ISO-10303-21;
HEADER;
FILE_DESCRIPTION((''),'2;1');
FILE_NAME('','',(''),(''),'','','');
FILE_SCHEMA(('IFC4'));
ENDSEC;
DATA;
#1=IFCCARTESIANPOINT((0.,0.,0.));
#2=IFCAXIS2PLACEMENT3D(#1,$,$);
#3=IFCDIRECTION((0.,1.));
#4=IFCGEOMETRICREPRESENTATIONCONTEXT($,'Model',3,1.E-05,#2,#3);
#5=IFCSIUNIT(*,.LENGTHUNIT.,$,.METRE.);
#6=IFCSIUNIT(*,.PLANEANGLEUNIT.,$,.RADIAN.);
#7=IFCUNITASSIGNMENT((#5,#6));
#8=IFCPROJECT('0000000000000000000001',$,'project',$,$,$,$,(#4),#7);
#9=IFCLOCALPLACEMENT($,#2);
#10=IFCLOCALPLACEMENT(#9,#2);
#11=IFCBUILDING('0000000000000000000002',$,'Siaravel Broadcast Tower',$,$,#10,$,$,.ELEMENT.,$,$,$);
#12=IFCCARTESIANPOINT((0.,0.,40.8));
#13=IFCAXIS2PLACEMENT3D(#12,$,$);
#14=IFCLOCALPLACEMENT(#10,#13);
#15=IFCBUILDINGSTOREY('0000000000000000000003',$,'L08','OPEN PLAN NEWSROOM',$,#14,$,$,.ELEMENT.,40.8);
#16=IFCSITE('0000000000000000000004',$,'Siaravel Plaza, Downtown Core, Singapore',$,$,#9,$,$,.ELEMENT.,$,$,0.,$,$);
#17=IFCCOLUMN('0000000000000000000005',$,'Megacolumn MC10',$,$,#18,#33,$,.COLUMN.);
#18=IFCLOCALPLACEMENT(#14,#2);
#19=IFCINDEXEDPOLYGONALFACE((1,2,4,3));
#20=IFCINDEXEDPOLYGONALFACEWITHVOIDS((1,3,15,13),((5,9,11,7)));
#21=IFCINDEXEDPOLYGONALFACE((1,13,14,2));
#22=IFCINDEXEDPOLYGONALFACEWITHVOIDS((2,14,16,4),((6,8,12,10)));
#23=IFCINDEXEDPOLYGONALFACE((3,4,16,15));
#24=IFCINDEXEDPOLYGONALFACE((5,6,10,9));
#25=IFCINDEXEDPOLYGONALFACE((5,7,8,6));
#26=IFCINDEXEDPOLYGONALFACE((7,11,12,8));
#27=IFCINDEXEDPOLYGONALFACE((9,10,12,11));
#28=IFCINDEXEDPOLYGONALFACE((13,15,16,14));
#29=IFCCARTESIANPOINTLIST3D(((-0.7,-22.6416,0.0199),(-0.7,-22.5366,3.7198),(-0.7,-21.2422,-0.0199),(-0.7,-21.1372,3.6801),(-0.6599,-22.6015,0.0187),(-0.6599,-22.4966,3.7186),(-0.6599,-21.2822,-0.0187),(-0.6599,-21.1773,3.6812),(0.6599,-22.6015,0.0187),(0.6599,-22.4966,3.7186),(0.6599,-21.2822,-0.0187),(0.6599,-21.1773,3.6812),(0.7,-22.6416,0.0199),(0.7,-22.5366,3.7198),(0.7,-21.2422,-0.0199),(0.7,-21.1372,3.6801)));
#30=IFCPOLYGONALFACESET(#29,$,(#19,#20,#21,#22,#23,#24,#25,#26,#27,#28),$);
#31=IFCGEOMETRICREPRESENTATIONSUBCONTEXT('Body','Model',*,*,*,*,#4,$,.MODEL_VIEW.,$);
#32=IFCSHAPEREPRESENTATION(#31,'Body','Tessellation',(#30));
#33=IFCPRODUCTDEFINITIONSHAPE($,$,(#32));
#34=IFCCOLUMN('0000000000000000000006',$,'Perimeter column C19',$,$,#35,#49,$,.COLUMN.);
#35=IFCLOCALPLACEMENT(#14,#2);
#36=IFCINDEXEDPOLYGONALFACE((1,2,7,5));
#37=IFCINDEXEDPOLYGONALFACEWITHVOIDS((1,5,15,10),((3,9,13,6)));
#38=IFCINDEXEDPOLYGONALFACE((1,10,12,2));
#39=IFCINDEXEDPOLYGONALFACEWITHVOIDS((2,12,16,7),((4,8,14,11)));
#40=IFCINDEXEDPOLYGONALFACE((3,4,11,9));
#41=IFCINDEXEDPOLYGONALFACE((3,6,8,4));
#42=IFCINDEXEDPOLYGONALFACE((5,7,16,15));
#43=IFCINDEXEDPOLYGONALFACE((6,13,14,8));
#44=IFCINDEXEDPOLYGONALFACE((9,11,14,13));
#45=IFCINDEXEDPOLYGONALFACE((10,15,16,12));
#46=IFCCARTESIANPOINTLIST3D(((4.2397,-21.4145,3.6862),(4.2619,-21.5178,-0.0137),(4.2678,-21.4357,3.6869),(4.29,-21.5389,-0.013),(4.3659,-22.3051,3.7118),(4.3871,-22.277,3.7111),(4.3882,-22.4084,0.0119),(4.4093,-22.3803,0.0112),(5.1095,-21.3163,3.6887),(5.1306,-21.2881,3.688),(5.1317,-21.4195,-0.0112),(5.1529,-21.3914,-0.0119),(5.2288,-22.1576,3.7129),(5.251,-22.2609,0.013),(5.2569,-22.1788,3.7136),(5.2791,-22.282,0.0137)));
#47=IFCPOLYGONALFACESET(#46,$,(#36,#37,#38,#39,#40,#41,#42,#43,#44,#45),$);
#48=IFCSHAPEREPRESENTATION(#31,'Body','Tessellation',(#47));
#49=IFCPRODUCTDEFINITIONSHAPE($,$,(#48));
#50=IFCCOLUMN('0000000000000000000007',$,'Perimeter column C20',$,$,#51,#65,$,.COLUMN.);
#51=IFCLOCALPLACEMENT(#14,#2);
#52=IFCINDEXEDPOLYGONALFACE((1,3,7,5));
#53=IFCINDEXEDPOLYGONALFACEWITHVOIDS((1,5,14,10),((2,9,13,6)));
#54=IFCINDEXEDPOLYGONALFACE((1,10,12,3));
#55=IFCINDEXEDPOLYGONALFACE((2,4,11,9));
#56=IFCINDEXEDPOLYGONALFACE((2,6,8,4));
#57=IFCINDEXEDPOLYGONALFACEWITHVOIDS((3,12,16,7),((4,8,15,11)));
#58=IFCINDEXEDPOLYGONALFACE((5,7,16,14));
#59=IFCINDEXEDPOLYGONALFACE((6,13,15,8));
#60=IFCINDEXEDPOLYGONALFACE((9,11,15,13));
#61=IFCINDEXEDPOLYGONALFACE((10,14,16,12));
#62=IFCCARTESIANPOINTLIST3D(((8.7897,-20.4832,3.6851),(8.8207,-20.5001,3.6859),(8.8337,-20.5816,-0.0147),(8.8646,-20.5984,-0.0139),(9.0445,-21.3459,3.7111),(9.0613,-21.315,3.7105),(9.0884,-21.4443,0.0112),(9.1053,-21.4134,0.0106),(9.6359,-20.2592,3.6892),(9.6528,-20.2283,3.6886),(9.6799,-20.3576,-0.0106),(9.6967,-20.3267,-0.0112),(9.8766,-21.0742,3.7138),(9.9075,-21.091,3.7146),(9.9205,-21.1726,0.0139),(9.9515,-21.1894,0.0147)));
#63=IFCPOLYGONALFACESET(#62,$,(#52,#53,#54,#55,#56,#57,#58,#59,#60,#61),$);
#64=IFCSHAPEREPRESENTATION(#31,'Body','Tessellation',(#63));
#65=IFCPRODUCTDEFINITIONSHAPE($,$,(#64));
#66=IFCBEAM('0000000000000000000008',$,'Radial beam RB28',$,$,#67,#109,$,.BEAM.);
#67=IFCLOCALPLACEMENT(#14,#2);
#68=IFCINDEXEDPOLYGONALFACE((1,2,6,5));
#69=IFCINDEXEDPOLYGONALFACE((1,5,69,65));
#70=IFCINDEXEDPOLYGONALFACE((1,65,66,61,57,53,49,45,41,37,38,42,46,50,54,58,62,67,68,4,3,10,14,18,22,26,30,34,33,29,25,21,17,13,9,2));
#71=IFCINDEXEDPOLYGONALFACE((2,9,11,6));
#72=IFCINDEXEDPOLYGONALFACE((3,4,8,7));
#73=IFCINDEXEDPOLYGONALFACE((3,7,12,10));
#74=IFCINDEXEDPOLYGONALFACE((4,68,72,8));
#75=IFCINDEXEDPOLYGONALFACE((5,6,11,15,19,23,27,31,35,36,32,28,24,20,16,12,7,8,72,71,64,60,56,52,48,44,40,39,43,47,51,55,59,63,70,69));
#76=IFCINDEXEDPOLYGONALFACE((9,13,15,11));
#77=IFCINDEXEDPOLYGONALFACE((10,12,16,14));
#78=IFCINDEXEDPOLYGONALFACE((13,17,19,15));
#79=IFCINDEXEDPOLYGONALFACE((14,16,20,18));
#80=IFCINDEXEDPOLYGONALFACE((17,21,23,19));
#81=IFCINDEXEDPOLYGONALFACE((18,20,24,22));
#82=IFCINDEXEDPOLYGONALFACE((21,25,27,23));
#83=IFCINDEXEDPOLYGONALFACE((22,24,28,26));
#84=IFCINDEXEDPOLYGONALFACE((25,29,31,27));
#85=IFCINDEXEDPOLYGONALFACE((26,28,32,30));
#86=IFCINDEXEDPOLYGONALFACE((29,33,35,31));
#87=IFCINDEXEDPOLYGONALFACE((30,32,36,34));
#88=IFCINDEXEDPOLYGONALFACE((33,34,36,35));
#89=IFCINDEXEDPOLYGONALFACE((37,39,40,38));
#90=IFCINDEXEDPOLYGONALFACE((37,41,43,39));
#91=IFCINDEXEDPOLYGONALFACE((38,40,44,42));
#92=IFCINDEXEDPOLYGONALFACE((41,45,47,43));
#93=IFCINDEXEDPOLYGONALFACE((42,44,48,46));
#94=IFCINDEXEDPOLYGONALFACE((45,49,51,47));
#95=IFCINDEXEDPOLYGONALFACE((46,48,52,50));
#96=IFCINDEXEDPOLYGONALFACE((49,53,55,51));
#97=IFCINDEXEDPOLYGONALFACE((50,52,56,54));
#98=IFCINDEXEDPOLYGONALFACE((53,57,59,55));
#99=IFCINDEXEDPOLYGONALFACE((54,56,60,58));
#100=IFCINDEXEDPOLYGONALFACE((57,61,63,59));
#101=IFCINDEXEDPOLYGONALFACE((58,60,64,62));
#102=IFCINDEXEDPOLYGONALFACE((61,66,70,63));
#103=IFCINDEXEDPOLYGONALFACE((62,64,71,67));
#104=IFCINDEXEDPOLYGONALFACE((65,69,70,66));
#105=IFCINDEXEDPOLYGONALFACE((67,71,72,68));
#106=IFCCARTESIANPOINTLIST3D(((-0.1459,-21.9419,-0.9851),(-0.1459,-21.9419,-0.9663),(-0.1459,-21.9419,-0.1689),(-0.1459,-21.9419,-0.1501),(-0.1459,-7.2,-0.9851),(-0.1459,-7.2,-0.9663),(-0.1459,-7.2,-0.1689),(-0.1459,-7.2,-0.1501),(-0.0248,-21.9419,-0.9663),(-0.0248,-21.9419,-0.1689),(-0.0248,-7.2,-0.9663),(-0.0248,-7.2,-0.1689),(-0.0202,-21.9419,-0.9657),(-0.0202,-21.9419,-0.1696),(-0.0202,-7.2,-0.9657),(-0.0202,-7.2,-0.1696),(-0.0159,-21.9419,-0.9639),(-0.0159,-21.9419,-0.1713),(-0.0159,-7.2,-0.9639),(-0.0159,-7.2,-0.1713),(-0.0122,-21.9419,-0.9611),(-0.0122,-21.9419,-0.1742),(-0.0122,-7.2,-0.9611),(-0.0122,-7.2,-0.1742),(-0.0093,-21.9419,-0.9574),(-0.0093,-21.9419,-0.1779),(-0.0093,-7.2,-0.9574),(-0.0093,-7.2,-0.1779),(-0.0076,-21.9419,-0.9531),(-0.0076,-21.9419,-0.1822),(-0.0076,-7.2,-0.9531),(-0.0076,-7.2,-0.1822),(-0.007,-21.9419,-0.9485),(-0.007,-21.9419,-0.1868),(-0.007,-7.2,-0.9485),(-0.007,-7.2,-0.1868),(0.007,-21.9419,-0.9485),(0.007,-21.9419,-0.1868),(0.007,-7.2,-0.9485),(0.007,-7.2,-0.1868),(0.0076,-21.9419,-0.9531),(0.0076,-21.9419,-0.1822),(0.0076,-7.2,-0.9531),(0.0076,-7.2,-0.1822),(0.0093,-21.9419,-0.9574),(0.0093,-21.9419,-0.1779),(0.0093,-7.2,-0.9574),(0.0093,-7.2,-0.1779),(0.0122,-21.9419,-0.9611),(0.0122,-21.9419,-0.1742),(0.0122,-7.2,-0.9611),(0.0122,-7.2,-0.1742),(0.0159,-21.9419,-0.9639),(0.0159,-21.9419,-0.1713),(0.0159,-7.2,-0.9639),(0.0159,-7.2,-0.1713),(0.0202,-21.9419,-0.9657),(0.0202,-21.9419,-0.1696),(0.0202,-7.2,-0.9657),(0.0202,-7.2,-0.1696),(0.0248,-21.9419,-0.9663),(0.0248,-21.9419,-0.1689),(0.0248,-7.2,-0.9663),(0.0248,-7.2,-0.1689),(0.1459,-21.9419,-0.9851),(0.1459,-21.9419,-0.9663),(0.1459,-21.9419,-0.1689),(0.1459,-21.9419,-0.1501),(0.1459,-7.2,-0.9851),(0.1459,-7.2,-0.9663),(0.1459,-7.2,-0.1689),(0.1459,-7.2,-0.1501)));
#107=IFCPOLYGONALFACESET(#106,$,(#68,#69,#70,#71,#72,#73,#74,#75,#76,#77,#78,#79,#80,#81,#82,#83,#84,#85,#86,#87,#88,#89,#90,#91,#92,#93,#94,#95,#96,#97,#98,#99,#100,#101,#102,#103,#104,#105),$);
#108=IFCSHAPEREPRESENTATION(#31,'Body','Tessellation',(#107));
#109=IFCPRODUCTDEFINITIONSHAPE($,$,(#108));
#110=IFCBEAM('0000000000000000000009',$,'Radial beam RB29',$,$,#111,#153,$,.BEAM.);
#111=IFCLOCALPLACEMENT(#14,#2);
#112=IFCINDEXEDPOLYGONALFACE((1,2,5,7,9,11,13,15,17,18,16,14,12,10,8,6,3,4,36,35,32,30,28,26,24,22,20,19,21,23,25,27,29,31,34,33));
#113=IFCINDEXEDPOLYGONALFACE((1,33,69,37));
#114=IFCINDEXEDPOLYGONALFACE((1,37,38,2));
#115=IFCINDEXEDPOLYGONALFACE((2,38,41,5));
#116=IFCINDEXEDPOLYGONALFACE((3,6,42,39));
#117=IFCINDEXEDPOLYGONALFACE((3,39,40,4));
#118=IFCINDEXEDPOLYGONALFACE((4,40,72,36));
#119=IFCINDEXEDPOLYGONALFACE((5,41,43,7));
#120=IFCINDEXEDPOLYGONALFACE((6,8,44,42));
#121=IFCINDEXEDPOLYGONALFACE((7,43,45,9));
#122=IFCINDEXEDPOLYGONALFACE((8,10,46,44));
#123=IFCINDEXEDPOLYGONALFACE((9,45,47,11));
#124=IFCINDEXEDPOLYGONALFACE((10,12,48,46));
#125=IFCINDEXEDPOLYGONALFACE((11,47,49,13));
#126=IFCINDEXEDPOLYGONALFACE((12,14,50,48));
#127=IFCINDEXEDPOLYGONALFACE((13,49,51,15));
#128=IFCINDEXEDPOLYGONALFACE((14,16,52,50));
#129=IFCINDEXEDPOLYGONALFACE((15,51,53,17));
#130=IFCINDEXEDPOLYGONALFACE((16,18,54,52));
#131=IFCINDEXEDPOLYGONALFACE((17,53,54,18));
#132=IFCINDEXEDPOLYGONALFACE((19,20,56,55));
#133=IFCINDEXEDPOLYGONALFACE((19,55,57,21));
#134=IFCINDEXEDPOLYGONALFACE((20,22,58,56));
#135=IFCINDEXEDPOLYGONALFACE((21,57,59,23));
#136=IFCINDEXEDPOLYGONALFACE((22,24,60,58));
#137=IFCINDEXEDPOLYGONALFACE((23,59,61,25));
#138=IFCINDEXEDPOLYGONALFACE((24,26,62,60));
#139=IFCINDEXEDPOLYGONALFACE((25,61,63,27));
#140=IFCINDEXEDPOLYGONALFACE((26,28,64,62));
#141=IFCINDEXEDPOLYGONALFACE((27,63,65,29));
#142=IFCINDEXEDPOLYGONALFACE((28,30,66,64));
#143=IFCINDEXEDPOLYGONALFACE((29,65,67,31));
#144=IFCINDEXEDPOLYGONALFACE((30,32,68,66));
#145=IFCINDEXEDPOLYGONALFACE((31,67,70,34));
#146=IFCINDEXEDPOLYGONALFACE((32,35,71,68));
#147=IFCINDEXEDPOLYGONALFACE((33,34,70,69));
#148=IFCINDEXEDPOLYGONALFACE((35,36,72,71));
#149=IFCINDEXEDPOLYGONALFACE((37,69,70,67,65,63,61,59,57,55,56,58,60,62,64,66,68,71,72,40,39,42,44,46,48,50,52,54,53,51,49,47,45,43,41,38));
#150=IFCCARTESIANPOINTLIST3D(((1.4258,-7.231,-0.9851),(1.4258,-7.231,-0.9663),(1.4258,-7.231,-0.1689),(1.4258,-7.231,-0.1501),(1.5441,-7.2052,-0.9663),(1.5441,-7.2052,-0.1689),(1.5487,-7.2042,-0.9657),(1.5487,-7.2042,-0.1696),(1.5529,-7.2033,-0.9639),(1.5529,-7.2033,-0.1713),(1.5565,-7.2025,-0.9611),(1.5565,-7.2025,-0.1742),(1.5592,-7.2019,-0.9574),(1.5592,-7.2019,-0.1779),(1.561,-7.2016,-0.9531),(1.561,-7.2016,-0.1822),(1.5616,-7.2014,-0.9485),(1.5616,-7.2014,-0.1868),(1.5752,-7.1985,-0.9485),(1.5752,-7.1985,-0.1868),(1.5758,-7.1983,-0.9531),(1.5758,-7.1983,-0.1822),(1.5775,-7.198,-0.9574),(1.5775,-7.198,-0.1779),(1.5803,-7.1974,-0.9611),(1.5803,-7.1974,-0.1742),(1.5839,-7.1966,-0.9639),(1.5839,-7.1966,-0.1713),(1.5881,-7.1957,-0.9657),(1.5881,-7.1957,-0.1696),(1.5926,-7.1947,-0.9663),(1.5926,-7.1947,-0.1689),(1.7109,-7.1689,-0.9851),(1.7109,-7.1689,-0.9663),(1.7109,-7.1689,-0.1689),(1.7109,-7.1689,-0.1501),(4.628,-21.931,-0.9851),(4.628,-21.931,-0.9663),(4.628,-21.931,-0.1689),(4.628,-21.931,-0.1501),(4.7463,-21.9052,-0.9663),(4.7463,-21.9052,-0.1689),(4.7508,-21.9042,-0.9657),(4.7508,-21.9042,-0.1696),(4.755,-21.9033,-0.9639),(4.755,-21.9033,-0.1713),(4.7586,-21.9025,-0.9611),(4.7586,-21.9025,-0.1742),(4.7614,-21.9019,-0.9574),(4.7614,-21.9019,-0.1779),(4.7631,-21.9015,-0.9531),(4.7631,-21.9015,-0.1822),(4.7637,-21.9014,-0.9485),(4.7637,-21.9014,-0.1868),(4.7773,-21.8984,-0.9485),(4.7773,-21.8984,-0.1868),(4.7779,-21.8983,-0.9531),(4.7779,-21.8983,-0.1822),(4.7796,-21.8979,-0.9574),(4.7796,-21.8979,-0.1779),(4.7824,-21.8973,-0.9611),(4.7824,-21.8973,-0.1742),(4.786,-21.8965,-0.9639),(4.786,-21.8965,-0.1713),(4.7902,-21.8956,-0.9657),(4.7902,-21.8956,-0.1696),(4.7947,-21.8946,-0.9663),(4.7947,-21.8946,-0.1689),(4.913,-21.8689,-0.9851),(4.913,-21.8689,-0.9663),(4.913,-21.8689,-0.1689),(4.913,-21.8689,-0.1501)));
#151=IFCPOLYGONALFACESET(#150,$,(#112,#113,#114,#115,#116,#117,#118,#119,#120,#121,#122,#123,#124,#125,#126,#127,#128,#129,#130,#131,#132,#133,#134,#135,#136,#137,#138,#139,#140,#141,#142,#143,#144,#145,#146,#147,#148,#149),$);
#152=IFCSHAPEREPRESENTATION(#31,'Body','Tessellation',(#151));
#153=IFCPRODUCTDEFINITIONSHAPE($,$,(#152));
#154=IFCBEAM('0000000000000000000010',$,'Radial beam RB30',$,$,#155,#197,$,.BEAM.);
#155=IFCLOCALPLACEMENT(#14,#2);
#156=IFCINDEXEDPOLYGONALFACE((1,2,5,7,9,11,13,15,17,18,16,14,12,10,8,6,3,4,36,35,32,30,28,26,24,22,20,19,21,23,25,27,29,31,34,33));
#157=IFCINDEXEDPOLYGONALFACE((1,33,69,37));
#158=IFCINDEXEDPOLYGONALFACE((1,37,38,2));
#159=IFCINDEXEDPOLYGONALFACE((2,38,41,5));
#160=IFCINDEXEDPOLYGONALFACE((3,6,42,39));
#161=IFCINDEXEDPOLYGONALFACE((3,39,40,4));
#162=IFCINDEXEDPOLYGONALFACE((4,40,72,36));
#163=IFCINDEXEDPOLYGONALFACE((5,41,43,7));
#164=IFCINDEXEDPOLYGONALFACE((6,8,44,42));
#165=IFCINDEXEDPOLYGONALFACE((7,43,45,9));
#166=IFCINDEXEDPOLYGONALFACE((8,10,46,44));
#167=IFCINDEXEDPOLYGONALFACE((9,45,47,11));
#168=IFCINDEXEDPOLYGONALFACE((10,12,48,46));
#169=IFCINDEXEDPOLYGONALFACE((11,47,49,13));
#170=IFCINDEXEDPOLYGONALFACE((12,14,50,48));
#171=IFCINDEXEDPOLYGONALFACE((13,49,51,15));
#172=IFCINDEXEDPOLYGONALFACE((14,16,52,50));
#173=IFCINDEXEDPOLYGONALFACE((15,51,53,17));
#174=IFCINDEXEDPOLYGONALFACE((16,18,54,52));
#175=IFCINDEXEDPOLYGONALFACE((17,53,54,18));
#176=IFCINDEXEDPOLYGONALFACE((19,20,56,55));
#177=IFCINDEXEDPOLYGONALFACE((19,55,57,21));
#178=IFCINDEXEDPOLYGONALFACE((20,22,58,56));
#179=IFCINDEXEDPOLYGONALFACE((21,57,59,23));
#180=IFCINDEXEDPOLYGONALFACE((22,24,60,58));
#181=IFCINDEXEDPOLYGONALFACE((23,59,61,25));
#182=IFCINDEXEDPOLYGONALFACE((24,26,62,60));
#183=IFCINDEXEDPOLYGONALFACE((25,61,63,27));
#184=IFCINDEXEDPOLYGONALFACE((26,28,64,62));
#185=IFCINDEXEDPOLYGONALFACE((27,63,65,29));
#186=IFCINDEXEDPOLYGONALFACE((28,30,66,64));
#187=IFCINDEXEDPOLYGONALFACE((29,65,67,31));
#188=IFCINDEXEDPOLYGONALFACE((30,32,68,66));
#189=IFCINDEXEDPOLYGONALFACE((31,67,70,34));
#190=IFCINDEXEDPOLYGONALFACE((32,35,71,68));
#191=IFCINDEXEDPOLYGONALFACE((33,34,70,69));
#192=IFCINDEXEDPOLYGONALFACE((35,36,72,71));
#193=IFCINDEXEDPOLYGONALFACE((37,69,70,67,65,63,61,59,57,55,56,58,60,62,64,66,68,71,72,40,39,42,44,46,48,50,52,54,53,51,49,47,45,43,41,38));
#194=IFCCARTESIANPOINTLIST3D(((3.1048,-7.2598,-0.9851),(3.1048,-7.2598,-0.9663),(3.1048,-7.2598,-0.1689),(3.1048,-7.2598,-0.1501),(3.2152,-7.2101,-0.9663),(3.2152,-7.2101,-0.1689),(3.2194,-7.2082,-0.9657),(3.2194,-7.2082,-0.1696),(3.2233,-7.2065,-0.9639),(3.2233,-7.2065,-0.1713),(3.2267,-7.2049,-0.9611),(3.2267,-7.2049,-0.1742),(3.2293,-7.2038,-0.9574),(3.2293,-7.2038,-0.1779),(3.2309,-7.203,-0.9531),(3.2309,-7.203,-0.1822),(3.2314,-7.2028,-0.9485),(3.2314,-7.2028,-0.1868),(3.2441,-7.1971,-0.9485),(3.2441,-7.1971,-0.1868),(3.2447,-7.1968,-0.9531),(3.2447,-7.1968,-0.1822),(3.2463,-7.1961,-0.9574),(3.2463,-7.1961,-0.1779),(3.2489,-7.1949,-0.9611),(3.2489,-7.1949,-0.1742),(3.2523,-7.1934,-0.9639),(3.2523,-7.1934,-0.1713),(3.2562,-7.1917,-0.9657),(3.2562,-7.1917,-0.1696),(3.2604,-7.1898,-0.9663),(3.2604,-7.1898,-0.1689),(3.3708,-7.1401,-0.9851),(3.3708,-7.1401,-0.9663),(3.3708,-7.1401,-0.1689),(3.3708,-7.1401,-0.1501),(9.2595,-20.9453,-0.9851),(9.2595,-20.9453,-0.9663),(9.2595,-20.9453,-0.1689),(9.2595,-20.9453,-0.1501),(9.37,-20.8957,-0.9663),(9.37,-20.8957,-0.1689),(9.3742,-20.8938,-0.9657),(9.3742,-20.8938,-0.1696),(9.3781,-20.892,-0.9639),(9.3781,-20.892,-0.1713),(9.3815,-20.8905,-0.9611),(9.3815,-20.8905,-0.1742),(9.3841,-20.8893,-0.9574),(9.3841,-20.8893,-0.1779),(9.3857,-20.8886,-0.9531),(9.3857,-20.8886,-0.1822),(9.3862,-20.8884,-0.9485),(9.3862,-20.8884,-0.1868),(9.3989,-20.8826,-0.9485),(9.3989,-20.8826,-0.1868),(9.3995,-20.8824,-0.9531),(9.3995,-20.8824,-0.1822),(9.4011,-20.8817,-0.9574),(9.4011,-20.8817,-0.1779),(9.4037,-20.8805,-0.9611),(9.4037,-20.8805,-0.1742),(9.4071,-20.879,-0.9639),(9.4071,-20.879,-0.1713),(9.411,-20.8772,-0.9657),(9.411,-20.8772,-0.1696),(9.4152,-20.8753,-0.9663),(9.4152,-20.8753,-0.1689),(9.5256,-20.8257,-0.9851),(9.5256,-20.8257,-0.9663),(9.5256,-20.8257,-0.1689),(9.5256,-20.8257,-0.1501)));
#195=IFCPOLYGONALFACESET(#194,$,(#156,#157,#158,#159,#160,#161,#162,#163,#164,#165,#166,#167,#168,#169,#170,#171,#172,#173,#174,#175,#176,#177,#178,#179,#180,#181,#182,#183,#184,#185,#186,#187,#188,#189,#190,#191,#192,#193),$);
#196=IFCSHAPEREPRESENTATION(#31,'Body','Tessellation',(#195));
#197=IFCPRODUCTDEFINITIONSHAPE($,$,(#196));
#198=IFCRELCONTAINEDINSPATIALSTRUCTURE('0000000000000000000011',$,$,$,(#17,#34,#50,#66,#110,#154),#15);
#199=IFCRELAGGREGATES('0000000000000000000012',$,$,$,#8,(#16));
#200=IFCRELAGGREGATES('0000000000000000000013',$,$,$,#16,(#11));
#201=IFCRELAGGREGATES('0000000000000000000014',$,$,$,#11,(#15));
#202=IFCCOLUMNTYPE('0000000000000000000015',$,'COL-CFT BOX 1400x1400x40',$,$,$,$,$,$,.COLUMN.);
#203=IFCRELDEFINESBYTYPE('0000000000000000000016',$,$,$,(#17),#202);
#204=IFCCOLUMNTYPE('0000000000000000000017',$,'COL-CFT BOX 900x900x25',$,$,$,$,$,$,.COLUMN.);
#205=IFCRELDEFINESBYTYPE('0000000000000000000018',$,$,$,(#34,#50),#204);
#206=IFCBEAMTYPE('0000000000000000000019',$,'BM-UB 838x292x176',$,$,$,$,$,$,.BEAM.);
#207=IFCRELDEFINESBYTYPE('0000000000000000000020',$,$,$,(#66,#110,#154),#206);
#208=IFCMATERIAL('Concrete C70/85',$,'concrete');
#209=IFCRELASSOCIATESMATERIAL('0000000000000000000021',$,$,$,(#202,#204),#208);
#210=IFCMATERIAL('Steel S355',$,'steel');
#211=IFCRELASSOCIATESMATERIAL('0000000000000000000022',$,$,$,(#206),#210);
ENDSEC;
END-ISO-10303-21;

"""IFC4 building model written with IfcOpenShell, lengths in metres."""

from ifc_helpers import new_model, si_unit, direction, frame, origin, origin_2d, place, context, subcontext, project, spatial, hollow_rectangle, i_section, extrude, material, material_profile, profile_set, type_object, element, save


model = new_model("IFC4")

# Units and contexts
model_context = context("Model", 3, precision=1e-05, world=origin(), true_north=direction((0.0, 1.0)))
body_context = subcontext(model_context, "Body", "Model", "MODEL_VIEW")
ifc_project = project(units=[si_unit("LENGTHUNIT", "METRE"), si_unit("PLANEANGLEUNIT", "RADIAN")], contexts=[model_context])

# Site, building, storey
site_placement = place(None, origin())
site = spatial("IfcSite", under=ifc_project, at=site_placement, Name="Siaravel Plaza, Downtown Core, Singapore", CompositionType="ELEMENT", RefElevation=0.0)
building_placement = place(site_placement, origin())
building = spatial("IfcBuilding", under=site, at=building_placement, Name="Siaravel Broadcast Tower", CompositionType="ELEMENT")
storey_placement = place(building_placement, frame((0.0, 0.0, 40.8)))
storey = spatial("IfcBuildingStorey", under=building, at=storey_placement, Name="L08", Description="OPEN PLAN NEWSROOM", CompositionType="ELEMENT", Elevation=40.8)

# Columns
ifc_material_1 = material(Name="Concrete C70/85", Category="concrete")
ifc_material_profile_1 = material_profile(ifc_material_1, hollow_rectangle(XDim=1.3999, YDim=1.3999, WallThickness=0.04, at=origin_2d()))
ifc_profile_set_1 = profile_set([ifc_material_profile_1], Name="Concrete C70/85")
column_type_1 = type_object("IfcColumnType", Name="COL-CFT BOX 1400x1400x40", PredefinedType="COLUMN", material=ifc_profile_set_1)
column_placement = place(storey_placement, frame((0.0, -21.9419, 0.0), z_axis=(0.0, 0.028362, 0.999598), x_axis=(-1.0, 0.0, 0.0)))
element("IfcColumn", 1, at=column_placement, inside=storey, type_object=column_type_1, Name="Megacolumn MC10", PredefinedType="COLUMN", context=body_context, shape_type="SweptSolid", body=[
    extrude(hollow_rectangle(XDim=1.3999, YDim=1.3999, WallThickness=0.04, at=origin_2d()), origin(), (0.0, 0.0, 1.0), 3.7014),
])
ifc_material_profile_2 = material_profile(ifc_material_1, hollow_rectangle(XDim=0.8999, YDim=0.8999, WallThickness=0.0249, at=origin_2d()))
ifc_profile_set_2 = profile_set([ifc_material_profile_2], Name="Concrete C70/85")
column_type_2 = type_object("IfcColumnType", Name="COL-CFT BOX 900x900x25", PredefinedType="COLUMN", material=ifc_profile_set_2)
for number, where, z_axis, x_axis, name in (
    (2, (4.7705, -21.8999, 0.0), (-0.006002, 0.0279, 0.999593), (-0.990089, -0.140428, -0.002026), "Perimeter column C19"),
    (3, (9.3926, -20.8855, 0.0), (-0.011872, 0.026581, 0.999576), (-0.95902, -0.283312, -0.003857), "Perimeter column C20"),
):
    element("IfcColumn", number, at=place(storey_placement, frame(where, z_axis=z_axis, x_axis=x_axis)), inside=storey, type_object=column_type_2, Name=name, PredefinedType="COLUMN", context=body_context, shape_type="SweptSolid", body=[
        extrude(hollow_rectangle(XDim=0.8999, YDim=0.8999, WallThickness=0.0249, at=origin_2d()), origin(), (0.0, 0.0, 1.0), 3.7014),
    ])

# Beams
ifc_material_2 = material(Name="Steel S355", Category="steel")
ifc_material_profile_3 = material_profile(ifc_material_2, i_section(OverallWidth=0.2917, OverallDepth=0.835, WebThickness=0.0139, FlangeThickness=0.0188, FilletRadius=0.0178, at=origin_2d()))
ifc_profile_set_3 = profile_set([ifc_material_profile_3], Name="Steel S355")
beam_type = type_object("IfcBeamType", Name="BM-UB 838x292x176", PredefinedType="BEAM", material=ifc_profile_set_3)
beam_1_placement = place(storey_placement, frame((0.0, -21.9419, -0.5676), z_axis=(0.0, 1.0, 0.0), x_axis=(-1.0, 0.0, 0.0)))
element("IfcBeam", 4, at=beam_1_placement, inside=storey, type_object=beam_type, Name="Radial beam RB28", PredefinedType="BEAM", context=body_context, shape_type="SweptSolid", body=[
    extrude(i_section(OverallWidth=0.2917, OverallDepth=0.835, WebThickness=0.0139, FlangeThickness=0.0188, FilletRadius=0.0178, at=origin_2d()), origin(), (0.0, 0.0, 1.0), 14.7419),
])
beam_2_placement = place(storey_placement, frame((4.7705, -21.8999, -0.5676), z_axis=(-0.212843, 0.977086, 0.0), x_axis=(-0.977086, -0.212843, 0.0)))
element("IfcBeam", 5, at=beam_2_placement, inside=storey, type_object=beam_type, Name="Radial beam RB29", PredefinedType="BEAM", context=body_context, shape_type="SweptSolid", body=[
    extrude(i_section(OverallWidth=0.2917, OverallDepth=0.835, WebThickness=0.0139, FlangeThickness=0.0188, FilletRadius=0.0178, at=origin_2d()), origin(), (0.0, 0.0, 1.0), 15.0447),
])
beam_3_placement = place(storey_placement, frame((9.3926, -20.8855, -0.5676), z_axis=(-0.410159, 0.912014, 0.0), x_axis=(-0.912014, -0.410159, 0.0)))
element("IfcBeam", 6, at=beam_3_placement, inside=storey, type_object=beam_type, Name="Radial beam RB30", PredefinedType="BEAM", context=body_context, shape_type="SweptSolid", body=[
    extrude(i_section(OverallWidth=0.2917, OverallDepth=0.835, WebThickness=0.0139, FlangeThickness=0.0188, FilletRadius=0.0178, at=origin_2d()), origin(), (0.0, 0.0, 1.0), 15.0059),
])

save(model, "model.ifc")
